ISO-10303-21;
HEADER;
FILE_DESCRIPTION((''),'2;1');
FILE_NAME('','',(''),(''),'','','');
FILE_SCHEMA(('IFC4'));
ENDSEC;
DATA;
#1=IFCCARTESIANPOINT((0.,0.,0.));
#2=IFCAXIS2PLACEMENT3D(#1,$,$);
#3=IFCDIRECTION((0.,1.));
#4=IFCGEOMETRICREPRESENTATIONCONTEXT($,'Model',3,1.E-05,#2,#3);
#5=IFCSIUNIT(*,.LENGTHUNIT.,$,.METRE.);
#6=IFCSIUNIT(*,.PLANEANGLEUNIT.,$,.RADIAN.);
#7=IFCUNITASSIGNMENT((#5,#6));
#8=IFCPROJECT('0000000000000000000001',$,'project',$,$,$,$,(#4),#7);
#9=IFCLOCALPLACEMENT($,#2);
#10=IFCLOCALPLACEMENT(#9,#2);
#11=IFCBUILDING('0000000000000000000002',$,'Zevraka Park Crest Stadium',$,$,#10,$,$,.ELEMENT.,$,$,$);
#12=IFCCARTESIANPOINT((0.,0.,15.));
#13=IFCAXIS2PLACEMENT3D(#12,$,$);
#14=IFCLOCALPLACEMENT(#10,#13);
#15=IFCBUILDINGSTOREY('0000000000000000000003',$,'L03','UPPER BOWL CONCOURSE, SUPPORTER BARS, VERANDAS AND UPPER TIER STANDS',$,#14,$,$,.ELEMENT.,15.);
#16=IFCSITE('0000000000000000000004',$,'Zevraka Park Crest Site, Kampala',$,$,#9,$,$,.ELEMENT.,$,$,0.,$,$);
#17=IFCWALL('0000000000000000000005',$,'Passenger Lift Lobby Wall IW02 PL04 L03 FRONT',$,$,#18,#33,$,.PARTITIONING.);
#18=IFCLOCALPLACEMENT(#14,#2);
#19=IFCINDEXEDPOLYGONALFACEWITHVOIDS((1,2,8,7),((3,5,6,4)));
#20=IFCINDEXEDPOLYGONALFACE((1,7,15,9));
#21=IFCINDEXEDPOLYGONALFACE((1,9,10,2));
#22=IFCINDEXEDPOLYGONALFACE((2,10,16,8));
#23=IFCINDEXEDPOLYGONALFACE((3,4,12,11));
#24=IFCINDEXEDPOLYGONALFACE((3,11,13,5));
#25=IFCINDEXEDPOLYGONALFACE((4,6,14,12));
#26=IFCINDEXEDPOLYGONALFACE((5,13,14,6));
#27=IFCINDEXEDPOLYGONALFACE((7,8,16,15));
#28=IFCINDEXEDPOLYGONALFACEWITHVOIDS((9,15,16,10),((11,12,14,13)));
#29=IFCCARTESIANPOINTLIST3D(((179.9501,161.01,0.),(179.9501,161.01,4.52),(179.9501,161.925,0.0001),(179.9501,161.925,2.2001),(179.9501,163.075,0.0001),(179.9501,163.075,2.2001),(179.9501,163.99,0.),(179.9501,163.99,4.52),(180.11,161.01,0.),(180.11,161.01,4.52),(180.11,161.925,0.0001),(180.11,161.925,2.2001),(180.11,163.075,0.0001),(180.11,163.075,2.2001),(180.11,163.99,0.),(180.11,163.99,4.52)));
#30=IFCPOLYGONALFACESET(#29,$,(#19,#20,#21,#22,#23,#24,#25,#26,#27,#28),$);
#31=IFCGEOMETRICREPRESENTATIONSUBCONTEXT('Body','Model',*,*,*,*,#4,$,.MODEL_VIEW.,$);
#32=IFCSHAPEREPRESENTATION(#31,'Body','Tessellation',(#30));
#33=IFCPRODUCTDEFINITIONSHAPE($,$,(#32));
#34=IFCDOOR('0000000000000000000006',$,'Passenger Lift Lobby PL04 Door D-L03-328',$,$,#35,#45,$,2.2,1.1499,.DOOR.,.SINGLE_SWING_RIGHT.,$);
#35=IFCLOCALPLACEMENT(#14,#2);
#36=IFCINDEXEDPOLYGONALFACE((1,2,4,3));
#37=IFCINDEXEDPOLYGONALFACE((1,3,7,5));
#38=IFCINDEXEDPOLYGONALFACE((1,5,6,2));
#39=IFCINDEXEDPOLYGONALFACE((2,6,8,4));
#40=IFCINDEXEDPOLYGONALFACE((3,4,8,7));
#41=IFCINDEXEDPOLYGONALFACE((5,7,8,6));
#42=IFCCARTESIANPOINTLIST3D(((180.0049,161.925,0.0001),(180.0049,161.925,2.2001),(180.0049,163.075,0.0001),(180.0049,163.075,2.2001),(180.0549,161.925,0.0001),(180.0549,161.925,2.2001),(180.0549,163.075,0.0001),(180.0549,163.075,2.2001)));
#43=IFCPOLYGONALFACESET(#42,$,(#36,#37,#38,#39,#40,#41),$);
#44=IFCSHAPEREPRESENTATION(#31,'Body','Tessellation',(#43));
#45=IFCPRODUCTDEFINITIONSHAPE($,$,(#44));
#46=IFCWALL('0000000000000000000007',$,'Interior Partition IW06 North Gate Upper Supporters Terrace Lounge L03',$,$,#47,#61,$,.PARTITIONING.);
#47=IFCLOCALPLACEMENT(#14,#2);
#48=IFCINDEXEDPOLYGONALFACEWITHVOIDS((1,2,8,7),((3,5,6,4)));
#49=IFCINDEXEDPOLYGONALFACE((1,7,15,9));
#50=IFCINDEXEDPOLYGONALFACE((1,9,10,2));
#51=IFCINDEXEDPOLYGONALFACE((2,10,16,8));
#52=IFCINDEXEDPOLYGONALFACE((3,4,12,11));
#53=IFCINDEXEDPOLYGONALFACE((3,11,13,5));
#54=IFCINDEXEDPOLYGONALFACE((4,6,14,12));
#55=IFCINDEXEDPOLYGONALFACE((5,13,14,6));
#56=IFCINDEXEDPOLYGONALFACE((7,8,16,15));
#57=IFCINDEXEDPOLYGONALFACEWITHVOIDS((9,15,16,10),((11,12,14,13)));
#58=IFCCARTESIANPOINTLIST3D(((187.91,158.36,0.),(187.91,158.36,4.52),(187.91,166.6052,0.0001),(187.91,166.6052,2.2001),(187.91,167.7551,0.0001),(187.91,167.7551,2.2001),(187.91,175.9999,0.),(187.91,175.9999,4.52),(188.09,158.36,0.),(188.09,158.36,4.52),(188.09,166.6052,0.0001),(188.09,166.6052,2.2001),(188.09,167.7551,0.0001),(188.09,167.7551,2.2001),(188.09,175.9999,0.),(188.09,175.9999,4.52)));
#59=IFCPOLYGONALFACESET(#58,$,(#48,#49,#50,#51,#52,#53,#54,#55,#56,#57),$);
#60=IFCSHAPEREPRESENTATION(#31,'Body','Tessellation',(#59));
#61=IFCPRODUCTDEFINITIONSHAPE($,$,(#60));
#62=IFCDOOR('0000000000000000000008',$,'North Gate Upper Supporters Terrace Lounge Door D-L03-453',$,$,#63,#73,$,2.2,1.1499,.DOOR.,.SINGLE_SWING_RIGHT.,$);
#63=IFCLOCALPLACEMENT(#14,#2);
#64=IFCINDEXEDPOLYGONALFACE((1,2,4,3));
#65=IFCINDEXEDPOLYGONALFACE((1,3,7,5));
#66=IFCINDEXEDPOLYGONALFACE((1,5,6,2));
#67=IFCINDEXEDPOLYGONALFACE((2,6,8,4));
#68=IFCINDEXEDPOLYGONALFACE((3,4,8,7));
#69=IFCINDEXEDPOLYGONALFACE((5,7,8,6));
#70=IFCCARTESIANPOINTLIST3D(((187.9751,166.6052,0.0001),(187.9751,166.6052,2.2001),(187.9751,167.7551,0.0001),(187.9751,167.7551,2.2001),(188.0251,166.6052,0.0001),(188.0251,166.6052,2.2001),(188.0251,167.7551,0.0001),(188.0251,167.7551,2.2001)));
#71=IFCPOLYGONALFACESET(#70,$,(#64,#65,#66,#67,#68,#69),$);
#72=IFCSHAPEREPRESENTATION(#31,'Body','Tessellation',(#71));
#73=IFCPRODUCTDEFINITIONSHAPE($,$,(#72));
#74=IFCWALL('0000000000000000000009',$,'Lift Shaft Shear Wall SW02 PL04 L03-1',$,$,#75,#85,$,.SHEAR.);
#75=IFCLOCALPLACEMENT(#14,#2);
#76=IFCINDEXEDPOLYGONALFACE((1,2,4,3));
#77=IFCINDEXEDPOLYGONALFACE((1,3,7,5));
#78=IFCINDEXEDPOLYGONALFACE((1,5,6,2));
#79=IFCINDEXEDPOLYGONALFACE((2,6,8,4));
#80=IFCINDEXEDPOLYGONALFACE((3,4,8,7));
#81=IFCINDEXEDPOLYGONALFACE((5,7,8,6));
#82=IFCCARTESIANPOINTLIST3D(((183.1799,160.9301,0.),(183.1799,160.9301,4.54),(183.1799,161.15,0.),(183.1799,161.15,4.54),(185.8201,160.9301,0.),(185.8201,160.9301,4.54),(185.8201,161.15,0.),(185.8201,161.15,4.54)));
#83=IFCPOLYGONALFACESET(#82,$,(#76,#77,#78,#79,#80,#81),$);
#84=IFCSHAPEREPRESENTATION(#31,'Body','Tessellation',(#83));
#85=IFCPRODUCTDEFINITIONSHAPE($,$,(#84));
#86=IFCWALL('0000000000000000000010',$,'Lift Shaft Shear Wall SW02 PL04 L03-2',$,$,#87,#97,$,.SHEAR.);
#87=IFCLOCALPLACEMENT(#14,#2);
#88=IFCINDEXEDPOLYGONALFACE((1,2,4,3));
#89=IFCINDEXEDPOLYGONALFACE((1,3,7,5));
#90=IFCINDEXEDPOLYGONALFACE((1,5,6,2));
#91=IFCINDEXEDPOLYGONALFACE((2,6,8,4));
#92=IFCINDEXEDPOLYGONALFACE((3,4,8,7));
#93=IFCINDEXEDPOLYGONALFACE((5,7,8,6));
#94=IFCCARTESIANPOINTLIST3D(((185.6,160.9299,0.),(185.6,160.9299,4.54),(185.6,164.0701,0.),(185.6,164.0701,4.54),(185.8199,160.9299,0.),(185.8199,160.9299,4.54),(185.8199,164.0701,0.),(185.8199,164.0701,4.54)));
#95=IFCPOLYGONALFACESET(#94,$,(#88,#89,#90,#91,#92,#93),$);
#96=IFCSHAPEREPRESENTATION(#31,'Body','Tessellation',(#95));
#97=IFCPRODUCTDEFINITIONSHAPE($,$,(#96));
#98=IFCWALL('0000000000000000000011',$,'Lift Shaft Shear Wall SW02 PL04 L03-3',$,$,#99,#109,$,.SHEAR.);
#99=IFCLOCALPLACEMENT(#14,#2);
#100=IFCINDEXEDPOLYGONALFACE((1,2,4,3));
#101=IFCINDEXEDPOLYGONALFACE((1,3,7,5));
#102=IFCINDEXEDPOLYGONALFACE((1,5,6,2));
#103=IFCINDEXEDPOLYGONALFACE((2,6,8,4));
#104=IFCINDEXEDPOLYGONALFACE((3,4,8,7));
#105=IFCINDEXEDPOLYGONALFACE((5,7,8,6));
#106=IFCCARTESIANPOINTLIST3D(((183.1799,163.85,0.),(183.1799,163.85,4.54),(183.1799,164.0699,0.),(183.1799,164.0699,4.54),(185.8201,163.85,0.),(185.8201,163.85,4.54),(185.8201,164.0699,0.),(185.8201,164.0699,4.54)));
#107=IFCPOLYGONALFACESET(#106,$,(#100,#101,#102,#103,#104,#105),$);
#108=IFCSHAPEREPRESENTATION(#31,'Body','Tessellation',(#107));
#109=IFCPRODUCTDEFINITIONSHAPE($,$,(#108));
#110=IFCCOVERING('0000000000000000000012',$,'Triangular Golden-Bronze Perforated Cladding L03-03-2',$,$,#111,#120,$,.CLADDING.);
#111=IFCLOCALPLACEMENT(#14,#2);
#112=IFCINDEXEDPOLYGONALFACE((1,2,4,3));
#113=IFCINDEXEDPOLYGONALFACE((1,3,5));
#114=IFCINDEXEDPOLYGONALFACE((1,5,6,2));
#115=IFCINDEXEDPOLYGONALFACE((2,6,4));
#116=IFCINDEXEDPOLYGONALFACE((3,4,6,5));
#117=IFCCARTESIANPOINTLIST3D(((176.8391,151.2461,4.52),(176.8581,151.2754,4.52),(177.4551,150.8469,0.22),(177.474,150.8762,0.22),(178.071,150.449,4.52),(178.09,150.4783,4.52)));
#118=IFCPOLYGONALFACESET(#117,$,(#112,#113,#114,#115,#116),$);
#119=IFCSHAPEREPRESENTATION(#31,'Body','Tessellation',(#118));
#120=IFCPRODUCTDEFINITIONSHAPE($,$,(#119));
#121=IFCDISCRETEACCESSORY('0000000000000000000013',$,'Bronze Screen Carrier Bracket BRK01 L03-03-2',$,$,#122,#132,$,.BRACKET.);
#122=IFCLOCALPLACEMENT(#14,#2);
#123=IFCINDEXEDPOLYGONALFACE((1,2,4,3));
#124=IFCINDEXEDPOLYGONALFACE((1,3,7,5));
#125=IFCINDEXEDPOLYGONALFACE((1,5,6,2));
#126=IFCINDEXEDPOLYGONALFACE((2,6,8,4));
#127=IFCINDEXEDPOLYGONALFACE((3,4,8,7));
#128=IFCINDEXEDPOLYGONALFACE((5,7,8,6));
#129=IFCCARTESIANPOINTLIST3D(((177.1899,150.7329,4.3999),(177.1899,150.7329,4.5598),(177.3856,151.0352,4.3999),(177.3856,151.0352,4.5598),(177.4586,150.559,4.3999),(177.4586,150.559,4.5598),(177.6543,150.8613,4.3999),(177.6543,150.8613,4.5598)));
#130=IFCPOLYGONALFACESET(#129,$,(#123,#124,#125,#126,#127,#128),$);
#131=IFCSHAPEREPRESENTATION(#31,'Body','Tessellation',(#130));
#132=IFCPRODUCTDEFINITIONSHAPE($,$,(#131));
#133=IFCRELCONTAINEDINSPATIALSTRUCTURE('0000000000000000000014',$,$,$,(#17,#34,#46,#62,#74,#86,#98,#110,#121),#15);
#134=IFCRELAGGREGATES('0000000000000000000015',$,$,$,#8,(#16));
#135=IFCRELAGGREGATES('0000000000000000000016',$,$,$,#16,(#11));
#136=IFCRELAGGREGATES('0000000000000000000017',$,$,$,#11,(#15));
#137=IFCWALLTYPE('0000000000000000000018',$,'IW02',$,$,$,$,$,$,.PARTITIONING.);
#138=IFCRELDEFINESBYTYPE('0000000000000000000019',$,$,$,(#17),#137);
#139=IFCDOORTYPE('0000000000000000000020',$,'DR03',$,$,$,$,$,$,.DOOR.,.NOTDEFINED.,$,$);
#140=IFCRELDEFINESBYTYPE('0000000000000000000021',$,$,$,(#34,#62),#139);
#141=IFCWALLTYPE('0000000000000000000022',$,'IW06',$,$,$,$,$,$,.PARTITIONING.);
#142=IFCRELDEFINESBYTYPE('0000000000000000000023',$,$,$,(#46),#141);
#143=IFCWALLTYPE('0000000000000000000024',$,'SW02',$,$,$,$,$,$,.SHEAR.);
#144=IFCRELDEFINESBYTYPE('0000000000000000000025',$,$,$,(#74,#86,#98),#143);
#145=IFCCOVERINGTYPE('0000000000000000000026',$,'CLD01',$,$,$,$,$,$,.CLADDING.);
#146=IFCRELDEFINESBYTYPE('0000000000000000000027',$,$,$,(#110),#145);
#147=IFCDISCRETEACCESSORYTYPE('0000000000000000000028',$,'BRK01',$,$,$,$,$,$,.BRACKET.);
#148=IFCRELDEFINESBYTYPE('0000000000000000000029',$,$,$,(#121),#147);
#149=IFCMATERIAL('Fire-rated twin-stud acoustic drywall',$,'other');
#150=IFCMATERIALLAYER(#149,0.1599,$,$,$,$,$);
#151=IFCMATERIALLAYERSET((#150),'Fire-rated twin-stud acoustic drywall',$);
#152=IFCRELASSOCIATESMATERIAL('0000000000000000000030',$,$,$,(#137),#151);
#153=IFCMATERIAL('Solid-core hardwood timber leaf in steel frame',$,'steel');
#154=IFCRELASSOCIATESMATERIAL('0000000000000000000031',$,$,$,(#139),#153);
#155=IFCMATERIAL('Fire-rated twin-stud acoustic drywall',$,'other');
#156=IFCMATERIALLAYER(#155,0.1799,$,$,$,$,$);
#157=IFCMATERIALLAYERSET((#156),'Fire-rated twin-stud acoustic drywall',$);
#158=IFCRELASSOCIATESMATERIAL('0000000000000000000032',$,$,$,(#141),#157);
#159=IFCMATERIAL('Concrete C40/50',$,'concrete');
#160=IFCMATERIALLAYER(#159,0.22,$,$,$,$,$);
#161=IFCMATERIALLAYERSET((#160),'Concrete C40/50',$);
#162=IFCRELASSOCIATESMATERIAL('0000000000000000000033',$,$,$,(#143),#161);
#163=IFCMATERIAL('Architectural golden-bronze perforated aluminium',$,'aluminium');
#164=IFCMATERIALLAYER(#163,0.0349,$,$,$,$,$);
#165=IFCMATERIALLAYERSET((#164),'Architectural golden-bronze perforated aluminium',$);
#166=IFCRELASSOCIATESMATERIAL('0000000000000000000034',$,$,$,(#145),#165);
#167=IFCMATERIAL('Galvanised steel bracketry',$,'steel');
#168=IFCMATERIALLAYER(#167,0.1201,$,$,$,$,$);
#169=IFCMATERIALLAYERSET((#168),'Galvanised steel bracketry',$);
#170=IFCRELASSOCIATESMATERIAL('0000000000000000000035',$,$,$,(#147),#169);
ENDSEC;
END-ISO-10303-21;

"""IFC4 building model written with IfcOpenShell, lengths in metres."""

from ifc_helpers import new_model, si_unit, direction, frame, frame_2d, origin, origin_2d, place, context, subcontext, project, spatial, polyline, rectangle, outline, extrude, material, layer, layer_set, type_object, element, fill, save


model = new_model("IFC4")

# Units and contexts
model_context = context("Model", 3, precision=1e-05, world=origin(), true_north=direction((0.0, 1.0)))
body_context = subcontext(model_context, "Body", "Model", "MODEL_VIEW")
ifc_project = project(units=[si_unit("LENGTHUNIT", "METRE"), si_unit("PLANEANGLEUNIT", "RADIAN")], contexts=[model_context])

# Site, building, storey
site_placement = place(None, origin())
site = spatial("IfcSite", under=ifc_project, at=site_placement, Name="Zevraka Park Crest Site, Kampala", CompositionType="ELEMENT", RefElevation=0.0)
building_placement = place(site_placement, origin())
building = spatial("IfcBuilding", under=site, at=building_placement, Name="Zevraka Park Crest Stadium", CompositionType="ELEMENT")
storey_placement = place(building_placement, frame((0.0, 0.0, 15.0)))
storey = spatial("IfcBuildingStorey", under=building, at=storey_placement, Name="L03", Description="UPPER BOWL CONCOURSE, SUPPORTER BARS, VERANDAS AND UPPER TIER STANDS", CompositionType="ELEMENT", Elevation=15.0)

# Shared definitions
ifc_material_1 = material(Name="Fire-rated twin-stud acoustic drywall", Category="other")
ifc_layer_1 = layer(ifc_material_1, 0.1599)
ifc_layer_set_1 = layer_set([ifc_layer_1], Name="Fire-rated twin-stud acoustic drywall")
wall_type_1 = type_object("IfcWallType", Name="IW02", PredefinedType="PARTITIONING", material=ifc_layer_set_1)

# Walls, openings, doors
wall_1_placement = place(storey_placement, frame((180.03, 163.99, 0.0), z_axis=(0.0, 0.0, 1.0), x_axis=(0.0, -1.0, 0.0)))
wall_1 = element("IfcWall", 1, at=wall_1_placement, inside=storey, type_object=wall_type_1, Name="Passenger Lift Lobby Wall IW02 PL04 L03 FRONT", PredefinedType="PARTITIONING", context=body_context, shape_type="SweptSolid", body=[
    extrude(rectangle(XDim=2.98, YDim=0.1599, at=frame_2d((1.49, 0.0))), origin(), (0.0, 0.0, 1.0), 4.52),
])
opening_1_placement = place(wall_1_placement, frame((0.915, 0.0, 0.0)))
opening_1 = element("IfcOpeningElement", 2, at=opening_1_placement, cuts=wall_1, PredefinedType="OPENING", context=body_context, shape_type="SweptSolid", body=[
    extrude(rectangle(XDim=1.1499, YDim=2.2, at=frame_2d((0.575, 1.1001))), frame((0.0, 0.0898, 0.0), z_axis=(0.0, -1.0, 0.0), x_axis=(1.0, 0.0, 0.0)), (0.0, 0.0, 1.0), 0.1799),
])
ifc_material_2 = material(Name="Solid-core hardwood timber leaf in steel frame", Category="steel")
door_type_1 = type_object("IfcDoorType", Name="DR03", OperationType="NOTDEFINED", PredefinedType="DOOR", material=ifc_material_2)
door_1_placement = place(opening_1_placement, origin())
door_1 = element("IfcDoor", 3, at=door_1_placement, inside=storey, type_object=door_type_1, Name="Passenger Lift Lobby PL04 Door D-L03-328", OperationType="SINGLE_SWING_RIGHT", OverallHeight=2.2, OverallWidth=1.1499, PredefinedType="DOOR", context=body_context, shape_type="SweptSolid", body=[
    extrude(rectangle(XDim=1.1499, YDim=2.2, at=frame_2d((0.575, 1.1001))), frame((0.0, 0.0249, 0.0), z_axis=(0.0, -1.0, 0.0), x_axis=(1.0, 0.0, 0.0)), (0.0, 0.0, 1.0), 0.05),
])
fill(opening_1, door_1)
ifc_material_3 = material(Name="Fire-rated twin-stud acoustic drywall", Category="other")
ifc_layer_2 = layer(ifc_material_3, 0.1799)
ifc_layer_set_2 = layer_set([ifc_layer_2], Name="Fire-rated twin-stud acoustic drywall")
wall_type_2 = type_object("IfcWallType", Name="IW06", PredefinedType="PARTITIONING", material=ifc_layer_set_2)
wall_2_placement = place(storey_placement, frame((188.0, 158.3601, 0.0), z_axis=(0.0, 0.0, 1.0), x_axis=(0.0, 1.0, 0.0)))
wall_2 = element("IfcWall", 4, at=wall_2_placement, inside=storey, type_object=wall_type_2, Name="Interior Partition IW06 North Gate Upper Supporters Terrace Lounge L03", PredefinedType="PARTITIONING", context=body_context, shape_type="SweptSolid", body=[
    extrude(rectangle(XDim=17.6399, YDim=0.1799, at=frame_2d((8.8198, 0.0))), origin(), (0.0, 0.0, 1.0), 4.52),
])
opening_2_placement = place(wall_2_placement, frame((8.2451, 0.0, 0.0)))
opening_2 = element("IfcOpeningElement", 5, at=opening_2_placement, cuts=wall_2, PredefinedType="OPENING", context=body_context, shape_type="SweptSolid", body=[
    extrude(rectangle(XDim=1.1499, YDim=2.2, at=frame_2d((0.575, 1.1001))), frame((0.0, 0.0999, 0.0), z_axis=(0.0, -1.0, 0.0), x_axis=(1.0, 0.0, 0.0)), (0.0, 0.0, 1.0), 0.2),
])
door_2_placement = place(opening_2_placement, origin())
door_2 = element("IfcDoor", 6, at=door_2_placement, inside=storey, type_object=door_type_1, Name="North Gate Upper Supporters Terrace Lounge Door D-L03-453", OperationType="SINGLE_SWING_RIGHT", OverallHeight=2.2, OverallWidth=1.1499, PredefinedType="DOOR", context=body_context, shape_type="SweptSolid", body=[
    extrude(rectangle(XDim=1.1499, YDim=2.2, at=frame_2d((0.575, 1.1001))), frame((0.0, 0.0249, 0.0), z_axis=(0.0, -1.0, 0.0), x_axis=(1.0, 0.0, 0.0)), (0.0, 0.0, 1.0), 0.05),
])
fill(opening_2, door_2)

# Walls
ifc_material_4 = material(Name="Concrete C40/50", Category="concrete")
ifc_layer_3 = layer(ifc_material_4, 0.22)
ifc_layer_set_3 = layer_set([ifc_layer_3], Name="Concrete C40/50")
wall_type_3 = type_object("IfcWallType", Name="SW02", PredefinedType="SHEAR", material=ifc_layer_set_3)
wall_3_placement = place(storey_placement, frame((183.1799, 161.04, 0.0), z_axis=(0.0, 0.0, 1.0), x_axis=(1.0, 0.0, 0.0)))
element("IfcWall", 7, at=wall_3_placement, inside=storey, type_object=wall_type_3, Name="Lift Shaft Shear Wall SW02 PL04 L03-1", PredefinedType="SHEAR", context=body_context, shape_type="SweptSolid", body=[
    extrude(rectangle(XDim=2.6401, YDim=0.22, at=frame_2d((1.3201, 0.0))), origin(), (0.0, 0.0, 1.0), 4.54),
])
wall_4_placement = place(storey_placement, frame((185.71, 160.9299, 0.0), z_axis=(0.0, 0.0, 1.0), x_axis=(0.0, 1.0, 0.0)))
element("IfcWall", 8, at=wall_4_placement, inside=storey, type_object=wall_type_3, Name="Lift Shaft Shear Wall SW02 PL04 L03-2", PredefinedType="SHEAR", context=body_context, shape_type="SweptSolid", body=[
    extrude(rectangle(XDim=3.1401, YDim=0.22, at=frame_2d((1.5701, 0.0))), origin(), (0.0, 0.0, 1.0), 4.54),
])
wall_5_placement = place(storey_placement, frame((185.8201, 163.96, 0.0), z_axis=(0.0, 0.0, 1.0), x_axis=(-1.0, 0.0, 0.0)))
element("IfcWall", 9, at=wall_5_placement, inside=storey, type_object=wall_type_3, Name="Lift Shaft Shear Wall SW02 PL04 L03-3", PredefinedType="SHEAR", context=body_context, shape_type="SweptSolid", body=[
    extrude(rectangle(XDim=2.6401, YDim=0.22, at=frame_2d((1.3201, 0.0))), origin(), (0.0, 0.0, 1.0), 4.54),
])

# Covering
ifc_material_5 = material(Name="Architectural golden-bronze perforated aluminium", Category="aluminium")
ifc_layer_4 = layer(ifc_material_5, 0.0349)
ifc_layer_set_4 = layer_set([ifc_layer_4], Name="Architectural golden-bronze perforated aluminium")
covering_type = type_object("IfcCoveringType", Name="CLD01", PredefinedType="CLADDING", material=ifc_layer_set_4)
covering_placement = place(storey_placement, frame((176.8391, 151.2461, 4.52), z_axis=(-0.543244, -0.839575, 0.000119), x_axis=(0.839575, -0.543244, 0.0)))
element("IfcCovering", 10, at=covering_placement, inside=storey, type_object=covering_type, Name="Triangular Golden-Bronze Perforated Cladding L03-03-2", PredefinedType="CLADDING", context=body_context, shape_type="SweptSolid", body=[
    extrude(outline(polyline([(0.0, 0.0), (1.4673, 0.0), (0.734, -4.3), (0.0, 0.0)])), origin(), (0.0, 0.0, -1.0), 0.0349),
])

# Discrete accessory
ifc_material_6 = material(Name="Galvanised steel bracketry", Category="steel")
ifc_layer_5 = layer(ifc_material_6, 0.1201)
ifc_layer_set_5 = layer_set([ifc_layer_5], Name="Galvanised steel bracketry")
discrete_accessory_type = type_object("IfcDiscreteAccessoryType", Name="BRK01", PredefinedType="BRACKET", material=ifc_layer_set_5)
discrete_accessory_placement = place(storey_placement, frame((177.4221, 150.7971, 4.3999), z_axis=(0.0, 0.0, 1.0), x_axis=(-0.83943, 0.543467, 0.0)))
element("IfcDiscreteAccessory", 11, at=discrete_accessory_placement, inside=storey, type_object=discrete_accessory_type, Name="Bronze Screen Carrier Bracket BRK01 L03-03-2", PredefinedType="BRACKET", context=body_context, shape_type="SweptSolid", body=[
    extrude(rectangle(XDim=0.3201, YDim=0.3601, at=origin_2d()), origin(), (0.0, 0.0, 1.0), 0.1599),
])

save(model, "model.ifc")
